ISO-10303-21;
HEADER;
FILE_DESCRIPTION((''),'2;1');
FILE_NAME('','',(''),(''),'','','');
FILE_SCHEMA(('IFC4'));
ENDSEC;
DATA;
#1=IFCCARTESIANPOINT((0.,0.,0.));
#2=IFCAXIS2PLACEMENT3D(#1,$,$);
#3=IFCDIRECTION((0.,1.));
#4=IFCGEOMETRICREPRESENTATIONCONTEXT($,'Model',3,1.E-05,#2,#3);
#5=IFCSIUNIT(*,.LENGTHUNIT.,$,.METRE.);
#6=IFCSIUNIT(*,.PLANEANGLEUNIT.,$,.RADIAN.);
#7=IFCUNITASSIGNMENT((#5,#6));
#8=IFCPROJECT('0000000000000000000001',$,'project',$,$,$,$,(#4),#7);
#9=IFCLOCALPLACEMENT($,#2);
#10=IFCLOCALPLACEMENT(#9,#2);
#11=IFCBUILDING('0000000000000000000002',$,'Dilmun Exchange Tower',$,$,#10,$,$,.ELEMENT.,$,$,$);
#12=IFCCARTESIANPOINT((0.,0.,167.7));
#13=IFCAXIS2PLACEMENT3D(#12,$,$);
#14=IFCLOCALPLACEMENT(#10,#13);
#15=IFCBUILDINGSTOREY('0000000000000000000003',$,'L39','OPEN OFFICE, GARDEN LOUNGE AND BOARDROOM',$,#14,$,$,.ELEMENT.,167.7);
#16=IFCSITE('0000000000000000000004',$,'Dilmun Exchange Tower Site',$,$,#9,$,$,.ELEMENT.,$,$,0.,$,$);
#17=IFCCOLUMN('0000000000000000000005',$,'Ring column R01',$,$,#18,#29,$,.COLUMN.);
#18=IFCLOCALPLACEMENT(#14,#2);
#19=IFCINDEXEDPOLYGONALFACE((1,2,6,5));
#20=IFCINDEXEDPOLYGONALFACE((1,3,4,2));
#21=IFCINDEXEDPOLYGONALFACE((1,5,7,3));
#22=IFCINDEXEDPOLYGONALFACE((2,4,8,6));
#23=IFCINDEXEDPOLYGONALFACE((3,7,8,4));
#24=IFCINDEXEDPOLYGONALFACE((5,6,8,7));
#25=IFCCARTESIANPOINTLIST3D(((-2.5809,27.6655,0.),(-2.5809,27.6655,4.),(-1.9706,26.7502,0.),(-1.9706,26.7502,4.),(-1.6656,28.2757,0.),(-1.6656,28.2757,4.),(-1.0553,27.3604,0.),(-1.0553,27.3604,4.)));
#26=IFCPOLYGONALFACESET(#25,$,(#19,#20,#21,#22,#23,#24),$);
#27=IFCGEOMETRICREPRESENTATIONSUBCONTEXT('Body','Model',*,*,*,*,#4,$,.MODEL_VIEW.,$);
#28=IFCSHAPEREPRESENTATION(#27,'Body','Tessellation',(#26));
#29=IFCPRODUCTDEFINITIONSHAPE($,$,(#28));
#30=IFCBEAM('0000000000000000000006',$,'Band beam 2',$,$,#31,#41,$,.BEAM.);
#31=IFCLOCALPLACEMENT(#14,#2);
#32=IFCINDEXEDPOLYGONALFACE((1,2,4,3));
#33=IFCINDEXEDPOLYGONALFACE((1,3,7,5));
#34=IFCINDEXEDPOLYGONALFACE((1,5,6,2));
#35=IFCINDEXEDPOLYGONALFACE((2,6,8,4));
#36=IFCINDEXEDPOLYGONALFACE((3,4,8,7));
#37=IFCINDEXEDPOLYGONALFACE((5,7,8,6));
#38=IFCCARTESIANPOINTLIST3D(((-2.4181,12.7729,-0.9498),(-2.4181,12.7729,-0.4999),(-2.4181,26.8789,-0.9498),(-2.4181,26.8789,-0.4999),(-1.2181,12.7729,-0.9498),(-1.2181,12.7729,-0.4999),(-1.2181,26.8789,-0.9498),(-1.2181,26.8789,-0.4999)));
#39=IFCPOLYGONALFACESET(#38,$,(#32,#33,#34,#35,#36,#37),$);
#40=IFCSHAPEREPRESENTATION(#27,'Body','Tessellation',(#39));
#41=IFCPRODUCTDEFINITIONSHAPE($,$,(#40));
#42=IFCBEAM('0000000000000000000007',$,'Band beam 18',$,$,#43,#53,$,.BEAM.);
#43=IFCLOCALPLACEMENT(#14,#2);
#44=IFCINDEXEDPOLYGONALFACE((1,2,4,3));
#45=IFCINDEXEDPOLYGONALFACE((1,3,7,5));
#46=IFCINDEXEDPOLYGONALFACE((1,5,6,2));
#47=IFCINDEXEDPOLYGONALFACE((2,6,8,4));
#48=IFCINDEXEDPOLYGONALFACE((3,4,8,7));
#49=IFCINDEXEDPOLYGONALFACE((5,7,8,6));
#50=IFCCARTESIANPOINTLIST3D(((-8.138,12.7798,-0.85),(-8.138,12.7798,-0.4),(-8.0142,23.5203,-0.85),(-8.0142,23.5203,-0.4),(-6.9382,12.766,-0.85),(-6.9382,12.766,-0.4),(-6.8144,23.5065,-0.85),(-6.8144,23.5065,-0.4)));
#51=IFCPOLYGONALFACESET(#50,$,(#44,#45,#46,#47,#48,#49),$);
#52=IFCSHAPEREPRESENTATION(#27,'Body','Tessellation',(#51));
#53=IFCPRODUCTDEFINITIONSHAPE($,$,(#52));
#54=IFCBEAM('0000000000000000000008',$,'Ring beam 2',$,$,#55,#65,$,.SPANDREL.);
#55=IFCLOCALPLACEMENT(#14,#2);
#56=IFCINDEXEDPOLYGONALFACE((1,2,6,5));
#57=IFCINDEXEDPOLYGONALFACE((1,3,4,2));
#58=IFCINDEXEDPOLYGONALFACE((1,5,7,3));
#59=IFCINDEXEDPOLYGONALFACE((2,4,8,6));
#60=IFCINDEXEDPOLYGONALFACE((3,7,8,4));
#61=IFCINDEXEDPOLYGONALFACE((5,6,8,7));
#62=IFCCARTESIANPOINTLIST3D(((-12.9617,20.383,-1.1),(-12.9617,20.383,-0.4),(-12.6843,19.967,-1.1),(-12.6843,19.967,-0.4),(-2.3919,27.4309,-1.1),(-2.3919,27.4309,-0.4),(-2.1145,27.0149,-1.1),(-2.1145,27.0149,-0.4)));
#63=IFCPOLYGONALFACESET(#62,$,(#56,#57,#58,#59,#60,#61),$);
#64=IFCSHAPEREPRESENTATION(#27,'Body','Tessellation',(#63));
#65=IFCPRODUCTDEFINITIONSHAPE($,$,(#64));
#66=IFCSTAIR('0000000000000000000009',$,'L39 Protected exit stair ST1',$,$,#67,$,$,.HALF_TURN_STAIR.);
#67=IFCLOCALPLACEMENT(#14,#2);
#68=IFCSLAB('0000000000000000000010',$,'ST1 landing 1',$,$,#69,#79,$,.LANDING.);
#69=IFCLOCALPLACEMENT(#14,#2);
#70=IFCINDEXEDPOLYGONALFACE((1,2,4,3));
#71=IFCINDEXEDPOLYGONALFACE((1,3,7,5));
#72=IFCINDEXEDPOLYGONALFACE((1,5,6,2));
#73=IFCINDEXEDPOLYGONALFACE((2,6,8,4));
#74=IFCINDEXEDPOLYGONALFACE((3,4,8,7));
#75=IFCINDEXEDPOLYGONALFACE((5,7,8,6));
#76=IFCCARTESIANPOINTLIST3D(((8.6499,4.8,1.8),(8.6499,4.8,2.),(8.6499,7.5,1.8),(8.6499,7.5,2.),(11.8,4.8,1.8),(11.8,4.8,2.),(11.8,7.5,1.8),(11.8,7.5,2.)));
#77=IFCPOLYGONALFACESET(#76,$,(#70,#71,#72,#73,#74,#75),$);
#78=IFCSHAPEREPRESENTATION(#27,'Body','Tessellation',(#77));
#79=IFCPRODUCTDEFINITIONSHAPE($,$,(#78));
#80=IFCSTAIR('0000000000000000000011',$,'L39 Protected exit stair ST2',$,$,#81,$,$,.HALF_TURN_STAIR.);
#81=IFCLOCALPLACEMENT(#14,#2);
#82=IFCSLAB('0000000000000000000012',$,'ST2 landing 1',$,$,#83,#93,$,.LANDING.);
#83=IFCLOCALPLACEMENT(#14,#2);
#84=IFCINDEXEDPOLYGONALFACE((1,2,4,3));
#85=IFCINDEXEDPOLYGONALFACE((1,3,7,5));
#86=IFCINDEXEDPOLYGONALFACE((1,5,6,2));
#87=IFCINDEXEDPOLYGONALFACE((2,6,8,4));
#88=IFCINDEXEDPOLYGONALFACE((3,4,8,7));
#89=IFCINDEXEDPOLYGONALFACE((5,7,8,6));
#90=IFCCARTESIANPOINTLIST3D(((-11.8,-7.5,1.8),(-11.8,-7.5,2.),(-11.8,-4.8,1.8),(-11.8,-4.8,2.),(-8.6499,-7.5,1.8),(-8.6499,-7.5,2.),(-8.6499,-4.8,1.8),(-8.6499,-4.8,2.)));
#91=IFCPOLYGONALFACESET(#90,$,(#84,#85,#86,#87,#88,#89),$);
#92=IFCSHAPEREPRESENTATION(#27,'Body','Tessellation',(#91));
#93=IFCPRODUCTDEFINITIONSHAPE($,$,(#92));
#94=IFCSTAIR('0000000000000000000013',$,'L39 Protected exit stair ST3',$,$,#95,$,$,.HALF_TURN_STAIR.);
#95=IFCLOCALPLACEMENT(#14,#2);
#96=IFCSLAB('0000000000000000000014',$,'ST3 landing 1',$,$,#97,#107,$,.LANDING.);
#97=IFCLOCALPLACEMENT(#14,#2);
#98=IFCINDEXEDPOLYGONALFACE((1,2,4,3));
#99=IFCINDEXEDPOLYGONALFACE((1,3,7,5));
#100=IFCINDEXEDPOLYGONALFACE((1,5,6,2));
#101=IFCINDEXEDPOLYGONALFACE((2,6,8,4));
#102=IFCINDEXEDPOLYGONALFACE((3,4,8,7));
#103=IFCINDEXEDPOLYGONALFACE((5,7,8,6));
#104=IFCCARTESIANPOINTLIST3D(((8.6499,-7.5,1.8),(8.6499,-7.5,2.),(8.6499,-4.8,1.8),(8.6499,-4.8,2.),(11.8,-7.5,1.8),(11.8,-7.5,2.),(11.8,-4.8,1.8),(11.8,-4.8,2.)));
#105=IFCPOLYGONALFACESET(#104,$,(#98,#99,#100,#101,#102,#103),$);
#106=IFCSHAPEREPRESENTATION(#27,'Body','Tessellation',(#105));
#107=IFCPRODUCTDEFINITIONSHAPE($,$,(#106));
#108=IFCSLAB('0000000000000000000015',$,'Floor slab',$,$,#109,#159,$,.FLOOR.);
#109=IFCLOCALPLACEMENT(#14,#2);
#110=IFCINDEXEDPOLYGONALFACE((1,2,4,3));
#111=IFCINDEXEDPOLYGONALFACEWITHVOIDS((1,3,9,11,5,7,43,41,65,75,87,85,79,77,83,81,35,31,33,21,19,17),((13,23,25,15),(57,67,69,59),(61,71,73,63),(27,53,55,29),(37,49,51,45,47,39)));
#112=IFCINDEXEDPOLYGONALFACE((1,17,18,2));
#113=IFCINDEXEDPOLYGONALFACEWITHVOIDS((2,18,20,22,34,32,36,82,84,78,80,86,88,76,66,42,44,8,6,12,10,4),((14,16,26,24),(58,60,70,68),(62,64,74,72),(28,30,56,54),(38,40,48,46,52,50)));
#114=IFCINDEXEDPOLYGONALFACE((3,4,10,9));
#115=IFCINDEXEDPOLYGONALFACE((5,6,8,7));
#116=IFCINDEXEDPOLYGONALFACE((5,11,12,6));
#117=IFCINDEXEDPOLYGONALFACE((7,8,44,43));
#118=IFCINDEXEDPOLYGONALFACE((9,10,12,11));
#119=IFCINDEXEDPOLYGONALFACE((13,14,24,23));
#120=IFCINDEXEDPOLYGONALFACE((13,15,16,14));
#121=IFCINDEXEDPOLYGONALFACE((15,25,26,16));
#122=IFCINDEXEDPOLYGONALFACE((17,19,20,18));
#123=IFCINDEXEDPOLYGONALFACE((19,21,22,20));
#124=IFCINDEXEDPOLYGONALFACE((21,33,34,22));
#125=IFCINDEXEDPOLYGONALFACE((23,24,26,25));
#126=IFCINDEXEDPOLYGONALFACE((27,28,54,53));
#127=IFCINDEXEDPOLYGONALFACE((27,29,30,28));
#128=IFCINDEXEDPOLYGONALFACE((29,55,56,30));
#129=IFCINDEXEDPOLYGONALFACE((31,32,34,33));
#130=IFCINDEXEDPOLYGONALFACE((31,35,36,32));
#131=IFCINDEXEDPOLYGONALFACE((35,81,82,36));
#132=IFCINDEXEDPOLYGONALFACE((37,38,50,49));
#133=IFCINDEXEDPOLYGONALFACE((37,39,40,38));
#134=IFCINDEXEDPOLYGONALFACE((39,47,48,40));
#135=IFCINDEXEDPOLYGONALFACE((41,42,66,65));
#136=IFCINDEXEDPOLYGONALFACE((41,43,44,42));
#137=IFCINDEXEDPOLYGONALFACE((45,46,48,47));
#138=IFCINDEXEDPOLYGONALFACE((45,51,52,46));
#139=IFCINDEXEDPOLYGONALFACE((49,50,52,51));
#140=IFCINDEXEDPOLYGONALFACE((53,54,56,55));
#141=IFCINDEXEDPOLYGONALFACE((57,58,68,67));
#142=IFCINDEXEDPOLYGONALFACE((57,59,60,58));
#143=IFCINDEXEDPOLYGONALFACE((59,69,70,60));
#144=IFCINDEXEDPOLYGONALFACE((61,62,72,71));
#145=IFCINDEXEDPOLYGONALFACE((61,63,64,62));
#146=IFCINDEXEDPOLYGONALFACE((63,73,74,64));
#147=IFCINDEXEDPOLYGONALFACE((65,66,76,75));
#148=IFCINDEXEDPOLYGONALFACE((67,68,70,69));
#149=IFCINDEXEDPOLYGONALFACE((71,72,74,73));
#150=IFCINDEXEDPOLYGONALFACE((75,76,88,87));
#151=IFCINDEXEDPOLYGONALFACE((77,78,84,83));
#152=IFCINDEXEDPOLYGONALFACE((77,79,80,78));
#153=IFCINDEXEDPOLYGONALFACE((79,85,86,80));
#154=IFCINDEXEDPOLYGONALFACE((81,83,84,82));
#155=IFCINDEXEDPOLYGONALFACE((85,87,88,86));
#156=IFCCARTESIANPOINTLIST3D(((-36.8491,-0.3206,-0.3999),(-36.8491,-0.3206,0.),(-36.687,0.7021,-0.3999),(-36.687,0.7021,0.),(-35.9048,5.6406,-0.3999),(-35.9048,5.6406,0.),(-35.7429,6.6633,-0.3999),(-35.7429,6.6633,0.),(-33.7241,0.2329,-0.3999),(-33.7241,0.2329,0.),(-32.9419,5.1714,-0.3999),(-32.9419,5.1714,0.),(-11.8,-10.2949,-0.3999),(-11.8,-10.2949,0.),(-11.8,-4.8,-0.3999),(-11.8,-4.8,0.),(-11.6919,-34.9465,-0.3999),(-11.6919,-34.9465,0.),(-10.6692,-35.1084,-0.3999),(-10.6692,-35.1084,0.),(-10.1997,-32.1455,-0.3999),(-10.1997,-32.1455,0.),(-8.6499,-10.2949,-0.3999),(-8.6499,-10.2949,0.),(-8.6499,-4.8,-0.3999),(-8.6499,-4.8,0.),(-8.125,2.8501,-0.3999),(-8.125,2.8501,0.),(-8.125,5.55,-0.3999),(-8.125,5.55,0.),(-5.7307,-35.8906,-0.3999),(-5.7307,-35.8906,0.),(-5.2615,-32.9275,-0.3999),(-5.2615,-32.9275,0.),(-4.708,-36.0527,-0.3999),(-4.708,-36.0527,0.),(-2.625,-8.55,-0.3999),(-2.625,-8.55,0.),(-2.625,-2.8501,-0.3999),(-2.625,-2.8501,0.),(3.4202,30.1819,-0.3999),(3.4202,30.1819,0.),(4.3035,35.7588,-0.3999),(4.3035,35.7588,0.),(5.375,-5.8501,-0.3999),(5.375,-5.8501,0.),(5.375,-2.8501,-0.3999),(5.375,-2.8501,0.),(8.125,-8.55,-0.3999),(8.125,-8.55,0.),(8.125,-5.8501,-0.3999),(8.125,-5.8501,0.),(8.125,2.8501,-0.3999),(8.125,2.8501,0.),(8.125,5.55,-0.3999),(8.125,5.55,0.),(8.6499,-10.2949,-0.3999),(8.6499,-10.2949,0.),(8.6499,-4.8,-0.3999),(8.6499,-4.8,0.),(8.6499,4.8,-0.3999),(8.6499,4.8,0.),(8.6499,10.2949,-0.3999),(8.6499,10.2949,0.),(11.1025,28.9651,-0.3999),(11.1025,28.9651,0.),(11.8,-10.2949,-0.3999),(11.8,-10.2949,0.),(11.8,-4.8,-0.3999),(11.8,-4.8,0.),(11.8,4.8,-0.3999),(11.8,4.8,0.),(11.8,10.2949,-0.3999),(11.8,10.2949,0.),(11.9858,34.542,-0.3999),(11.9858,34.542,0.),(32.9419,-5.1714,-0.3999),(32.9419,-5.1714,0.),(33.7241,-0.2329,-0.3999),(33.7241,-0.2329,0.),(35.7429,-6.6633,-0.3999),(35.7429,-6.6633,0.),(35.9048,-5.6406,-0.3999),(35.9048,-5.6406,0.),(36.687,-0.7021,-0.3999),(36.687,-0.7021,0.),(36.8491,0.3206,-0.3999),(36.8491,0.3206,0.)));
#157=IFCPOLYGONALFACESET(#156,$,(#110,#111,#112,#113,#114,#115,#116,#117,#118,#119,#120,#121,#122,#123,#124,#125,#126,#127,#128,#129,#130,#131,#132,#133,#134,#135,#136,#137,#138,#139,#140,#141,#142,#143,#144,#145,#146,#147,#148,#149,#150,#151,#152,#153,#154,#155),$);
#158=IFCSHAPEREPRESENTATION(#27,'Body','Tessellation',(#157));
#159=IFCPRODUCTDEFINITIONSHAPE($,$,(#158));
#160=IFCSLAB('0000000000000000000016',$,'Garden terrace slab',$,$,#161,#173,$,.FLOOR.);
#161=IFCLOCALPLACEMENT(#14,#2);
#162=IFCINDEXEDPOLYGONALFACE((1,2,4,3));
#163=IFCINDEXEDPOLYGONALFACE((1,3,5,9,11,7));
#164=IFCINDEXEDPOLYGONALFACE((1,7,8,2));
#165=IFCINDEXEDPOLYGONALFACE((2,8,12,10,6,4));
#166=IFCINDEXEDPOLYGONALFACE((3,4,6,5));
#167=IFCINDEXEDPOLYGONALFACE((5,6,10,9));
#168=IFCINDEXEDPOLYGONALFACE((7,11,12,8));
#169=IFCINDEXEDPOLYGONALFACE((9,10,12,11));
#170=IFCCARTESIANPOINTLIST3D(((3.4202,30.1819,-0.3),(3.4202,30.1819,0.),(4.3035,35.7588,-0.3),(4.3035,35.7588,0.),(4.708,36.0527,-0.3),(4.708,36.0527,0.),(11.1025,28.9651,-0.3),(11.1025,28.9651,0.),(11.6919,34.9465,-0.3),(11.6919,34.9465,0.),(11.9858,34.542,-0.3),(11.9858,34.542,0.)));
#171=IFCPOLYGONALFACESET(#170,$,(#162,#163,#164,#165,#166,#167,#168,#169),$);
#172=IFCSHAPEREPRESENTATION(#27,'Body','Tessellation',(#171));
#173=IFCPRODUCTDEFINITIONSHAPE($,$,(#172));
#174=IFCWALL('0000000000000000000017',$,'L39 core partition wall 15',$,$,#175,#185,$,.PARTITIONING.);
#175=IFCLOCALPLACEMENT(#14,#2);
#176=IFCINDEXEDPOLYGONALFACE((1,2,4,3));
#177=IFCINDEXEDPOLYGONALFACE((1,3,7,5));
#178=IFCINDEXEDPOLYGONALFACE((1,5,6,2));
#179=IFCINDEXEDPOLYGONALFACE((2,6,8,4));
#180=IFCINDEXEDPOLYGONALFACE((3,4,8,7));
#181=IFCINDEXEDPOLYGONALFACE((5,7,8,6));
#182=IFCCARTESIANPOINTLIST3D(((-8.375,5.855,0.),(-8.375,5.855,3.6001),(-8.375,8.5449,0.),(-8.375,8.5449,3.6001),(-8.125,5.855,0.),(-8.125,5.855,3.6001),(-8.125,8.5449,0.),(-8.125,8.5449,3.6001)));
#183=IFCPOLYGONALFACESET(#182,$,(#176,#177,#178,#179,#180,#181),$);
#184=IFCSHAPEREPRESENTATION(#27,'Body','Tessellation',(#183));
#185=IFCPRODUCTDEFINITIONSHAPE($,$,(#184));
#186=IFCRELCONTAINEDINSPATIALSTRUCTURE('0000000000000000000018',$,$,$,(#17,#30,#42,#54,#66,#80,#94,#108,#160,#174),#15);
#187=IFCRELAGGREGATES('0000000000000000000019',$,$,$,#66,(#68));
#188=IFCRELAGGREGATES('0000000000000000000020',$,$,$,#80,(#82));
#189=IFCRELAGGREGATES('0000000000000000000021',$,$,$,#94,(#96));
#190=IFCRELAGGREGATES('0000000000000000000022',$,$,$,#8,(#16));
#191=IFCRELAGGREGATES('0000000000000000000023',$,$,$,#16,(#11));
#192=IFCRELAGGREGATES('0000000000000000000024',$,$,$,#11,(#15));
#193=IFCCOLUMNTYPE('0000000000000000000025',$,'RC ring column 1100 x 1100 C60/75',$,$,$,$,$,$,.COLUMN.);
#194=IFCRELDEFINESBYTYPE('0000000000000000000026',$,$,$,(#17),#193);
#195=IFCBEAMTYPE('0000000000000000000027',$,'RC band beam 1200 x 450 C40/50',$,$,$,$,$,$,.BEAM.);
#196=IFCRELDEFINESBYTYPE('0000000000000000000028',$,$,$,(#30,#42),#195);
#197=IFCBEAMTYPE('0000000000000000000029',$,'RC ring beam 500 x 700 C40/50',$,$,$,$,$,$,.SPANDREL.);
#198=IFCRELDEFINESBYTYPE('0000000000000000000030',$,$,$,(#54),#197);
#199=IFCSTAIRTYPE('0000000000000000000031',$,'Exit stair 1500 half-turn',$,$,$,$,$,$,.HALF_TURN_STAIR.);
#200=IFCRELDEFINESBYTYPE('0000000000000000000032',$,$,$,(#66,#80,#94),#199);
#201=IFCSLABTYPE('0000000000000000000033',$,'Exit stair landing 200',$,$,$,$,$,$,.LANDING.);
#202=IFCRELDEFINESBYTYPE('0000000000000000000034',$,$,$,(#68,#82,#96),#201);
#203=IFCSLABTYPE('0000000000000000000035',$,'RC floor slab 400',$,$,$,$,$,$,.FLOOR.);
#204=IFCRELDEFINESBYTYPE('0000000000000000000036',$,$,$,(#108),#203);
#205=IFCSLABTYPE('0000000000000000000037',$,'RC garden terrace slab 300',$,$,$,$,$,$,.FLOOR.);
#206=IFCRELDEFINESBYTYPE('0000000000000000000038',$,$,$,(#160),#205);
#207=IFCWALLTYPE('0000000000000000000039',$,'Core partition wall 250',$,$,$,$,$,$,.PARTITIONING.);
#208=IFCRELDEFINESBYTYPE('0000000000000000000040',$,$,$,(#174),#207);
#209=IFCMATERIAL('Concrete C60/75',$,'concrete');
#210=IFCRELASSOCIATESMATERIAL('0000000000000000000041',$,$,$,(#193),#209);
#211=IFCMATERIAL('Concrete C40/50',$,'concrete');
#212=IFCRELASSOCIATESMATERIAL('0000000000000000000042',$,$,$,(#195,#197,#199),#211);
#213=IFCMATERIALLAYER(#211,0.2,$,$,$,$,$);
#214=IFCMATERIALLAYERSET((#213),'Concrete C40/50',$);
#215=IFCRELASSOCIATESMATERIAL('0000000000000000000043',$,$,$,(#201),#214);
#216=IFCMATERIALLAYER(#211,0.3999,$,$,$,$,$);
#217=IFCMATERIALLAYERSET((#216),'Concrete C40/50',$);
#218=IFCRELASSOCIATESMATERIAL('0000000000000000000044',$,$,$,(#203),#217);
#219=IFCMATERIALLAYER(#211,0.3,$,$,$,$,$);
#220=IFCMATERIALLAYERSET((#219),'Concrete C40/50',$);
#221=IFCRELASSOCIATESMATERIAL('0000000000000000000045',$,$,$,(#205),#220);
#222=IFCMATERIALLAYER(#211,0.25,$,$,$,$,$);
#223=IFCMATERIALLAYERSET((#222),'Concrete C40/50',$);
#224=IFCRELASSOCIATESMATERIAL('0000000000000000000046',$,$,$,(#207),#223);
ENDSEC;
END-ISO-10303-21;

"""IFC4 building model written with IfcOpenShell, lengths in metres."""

from ifc_helpers import new_model, si_unit, direction, frame, frame_2d, origin, origin_2d, place, context, subcontext, project, spatial, polyline, rectangle, outline, extrude, material, layer, layer_set, material_profile, profile_set, type_object, element, aggregate, save


model = new_model("IFC4")

# Units and contexts
model_context = context("Model", 3, precision=1e-05, world=origin(), true_north=direction((0.0, 1.0)))
body_context = subcontext(model_context, "Body", "Model", "MODEL_VIEW")
ifc_project = project(units=[si_unit("LENGTHUNIT", "METRE"), si_unit("PLANEANGLEUNIT", "RADIAN")], contexts=[model_context])

# Site, building, storey
site_placement = place(None, origin())
site = spatial("IfcSite", under=ifc_project, at=site_placement, Name="Dilmun Exchange Tower Site", CompositionType="ELEMENT", RefElevation=0.0)
building_placement = place(site_placement, origin())
building = spatial("IfcBuilding", under=site, at=building_placement, Name="Dilmun Exchange Tower", CompositionType="ELEMENT")
storey_placement = place(building_placement, frame((0.0, 0.0, 167.7)))
storey = spatial("IfcBuildingStorey", under=building, at=storey_placement, Name="L39", Description="OPEN OFFICE, GARDEN LOUNGE AND BOARDROOM", CompositionType="ELEMENT", Elevation=167.7)

# Column
ifc_material_1 = material(Name="Concrete C60/75", Category="concrete")
ifc_material_profile_1 = material_profile(ifc_material_1, rectangle(XDim=1.1001, YDim=1.1001, at=origin_2d()), Name="1100 x 1100")
ifc_profile_set_1 = profile_set([ifc_material_profile_1], Name="Concrete C60/75")
column_type = type_object("IfcColumnType", Name="RC ring column 1100 x 1100 C60/75", PredefinedType="COLUMN", material=ifc_profile_set_1)
column_placement = place(storey_placement, frame((-1.8181, 27.5129, 0.0), z_axis=(0.0, 0.0, 1.0), x_axis=(0.832029, 0.554733, 0.0)))
element("IfcColumn", 1, at=column_placement, inside=storey, type_object=column_type, Name="Ring column R01", PredefinedType="COLUMN", context=body_context, shape_type="SweptSolid", body=[
    extrude(rectangle(XDim=1.1001, YDim=1.1001, at=origin_2d()), origin(), (0.0, 0.0, 1.0), 4.0),
])

# Beams
ifc_material_2 = material(Name="Concrete C40/50", Category="concrete")
ifc_material_profile_2 = material_profile(ifc_material_2, rectangle(XDim=1.2, YDim=0.45, at=origin_2d()), Name="1200 x 450")
ifc_profile_set_2 = profile_set([ifc_material_profile_2], Name="Concrete C40/50")
beam_type_1 = type_object("IfcBeamType", Name="RC band beam 1200 x 450 C40/50", PredefinedType="BEAM", material=ifc_profile_set_2)
beam_1_placement = place(storey_placement, frame((-1.8181, 26.8789, -0.7249), z_axis=(0.0, -1.0, 0.0), x_axis=(1.0, 0.0, 0.0)))
element("IfcBeam", 2, at=beam_1_placement, inside=storey, type_object=beam_type_1, Name="Band beam 2", PredefinedType="BEAM", context=body_context, shape_type="SweptSolid", body=[
    extrude(rectangle(XDim=1.2, YDim=0.45, at=origin_2d()), origin(), (0.0, 0.0, 1.0), 14.106),
])
beam_2_placement = place(storey_placement, frame((-7.4143, 23.5134, -0.625), z_axis=(-0.011524, -0.999934, 0.0), x_axis=(0.999934, -0.011524, 0.0)))
element("IfcBeam", 3, at=beam_2_placement, inside=storey, type_object=beam_type_1, Name="Band beam 18", PredefinedType="BEAM", context=body_context, shape_type="SweptSolid", body=[
    extrude(rectangle(XDim=1.2, YDim=0.45, at=origin_2d()), origin(), (0.0, 0.0, 1.0), 10.7412),
])
ifc_material_profile_3 = material_profile(ifc_material_2, rectangle(XDim=0.5, YDim=0.7, at=origin_2d()), Name="500 x 700")
ifc_profile_set_3 = profile_set([ifc_material_profile_3], Name="Concrete C40/50")
beam_type_2 = type_object("IfcBeamType", Name="RC ring beam 500 x 700 C40/50", PredefinedType="SPANDREL", material=ifc_profile_set_3)
beam_3_placement = place(storey_placement, frame((-2.2532, 27.2229, -0.75), z_axis=(-0.832003, -0.554771, 0.0), x_axis=(0.554771, -0.832003, 0.0)))
element("IfcBeam", 4, at=beam_3_placement, inside=storey, type_object=beam_type_2, Name="Ring beam 2", PredefinedType="SPANDREL", context=body_context, shape_type="SweptSolid", body=[
    extrude(rectangle(XDim=0.5, YDim=0.7, at=origin_2d()), origin(), (0.0, 0.0, 1.0), 12.7041),
])

# Stairs, slabs
stair_type = type_object("IfcStairType", Name="Exit stair 1500 half-turn", PredefinedType="HALF_TURN_STAIR", material=ifc_material_2)
stair_1_placement = place(storey_placement, origin())
stair_1 = element("IfcStair", 5, at=stair_1_placement, inside=storey, type_object=stair_type, Name="L39 Protected exit stair ST1", PredefinedType="HALF_TURN_STAIR")
ifc_layer_1 = layer(ifc_material_2, 0.2)
ifc_layer_set_1 = layer_set([ifc_layer_1], Name="Concrete C40/50")
slab_type_1 = type_object("IfcSlabType", Name="Exit stair landing 200", PredefinedType="LANDING", material=ifc_layer_set_1)
slab_1_placement = place(storey_placement, frame((0.0, 0.0, 1.8)))
slab_1 = element("IfcSlab", 6, at=slab_1_placement, type_object=slab_type_1, Name="ST1 landing 1", PredefinedType="LANDING", context=body_context, shape_type="SweptSolid", body=[
    extrude(outline(polyline([(8.6499, 7.5), (8.6499, 4.8), (11.8, 4.8), (11.8, 7.5), (8.6499, 7.5)])), origin(), (0.0, 0.0, 1.0), 0.2),
])
aggregate(stair_1, [slab_1])
stair_2_placement = place(storey_placement, origin())
stair_2 = element("IfcStair", 7, at=stair_2_placement, inside=storey, type_object=stair_type, Name="L39 Protected exit stair ST2", PredefinedType="HALF_TURN_STAIR")
slab_2_placement = place(storey_placement, frame((0.0, 0.0, 1.8)))
slab_2 = element("IfcSlab", 8, at=slab_2_placement, type_object=slab_type_1, Name="ST2 landing 1", PredefinedType="LANDING", context=body_context, shape_type="SweptSolid", body=[
    extrude(outline(polyline([(-8.6499, -7.5), (-8.6499, -4.8), (-11.8, -4.8), (-11.8, -7.5), (-8.6499, -7.5)])), origin(), (0.0, 0.0, 1.0), 0.2),
])
aggregate(stair_2, [slab_2])
stair_3_placement = place(storey_placement, origin())
stair_3 = element("IfcStair", 9, at=stair_3_placement, inside=storey, type_object=stair_type, Name="L39 Protected exit stair ST3", PredefinedType="HALF_TURN_STAIR")
slab_3_placement = place(storey_placement, frame((0.0, 0.0, 1.8)))
slab_3 = element("IfcSlab", 10, at=slab_3_placement, type_object=slab_type_1, Name="ST3 landing 1", PredefinedType="LANDING", context=body_context, shape_type="SweptSolid", body=[
    extrude(outline(polyline([(11.8, -7.5), (11.8, -4.8), (8.6499, -4.8), (8.6499, -7.5), (11.8, -7.5)])), origin(), (0.0, 0.0, 1.0), 0.2),
])
aggregate(stair_3, [slab_3])

# Slabs
ifc_layer_2 = layer(ifc_material_2, 0.3999)
ifc_layer_set_2 = layer_set([ifc_layer_2], Name="Concrete C40/50")
slab_type_2 = type_object("IfcSlabType", Name="RC floor slab 400", PredefinedType="FLOOR", material=ifc_layer_set_2)
slab_4_placement = place(storey_placement, frame((0.0, 0.0, -0.3999)))
element("IfcSlab", 11, at=slab_4_placement, inside=storey, type_object=slab_type_2, Name="Floor slab", PredefinedType="FLOOR", context=body_context, shape_type="SweptSolid", body=[
    extrude(outline(polyline([(36.687, -0.7021), (33.7241, -0.2329), (32.9419, -5.1714), (35.9048, -5.6406), (35.7429, -6.6633), (-4.708, -36.0527), (-5.7307, -35.8906), (-5.2615, -32.9275), (-10.1997, -32.1455), (-10.6692, -35.1084), (-11.6919, -34.9465), (-36.8491, -0.3206), (-36.687, 0.7021), (-33.7241, 0.2329), (-32.9419, 5.1714), (-35.9048, 5.6406), (-35.7429, 6.6633), (4.3035, 35.7588), (3.4202, 30.1819), (11.1025, 28.9651), (11.9858, 34.542), (36.8491, 0.3206), (36.687, -0.7021)]), holes=[polyline([(-8.6499, -4.8), (-11.8, -4.8), (-11.8, -10.2949), (-8.6499, -10.2949), (-8.6499, -4.8)]), polyline([(11.8, -4.8), (8.6499, -4.8), (8.6499, -10.2949), (11.8, -10.2949), (11.8, -4.8)]), polyline([(5.375, -2.8501), (-2.625, -2.8501), (-2.625, -8.55), (8.125, -8.55), (8.125, -5.8501), (5.375, -5.8501), (5.375, -2.8501)]), polyline([(8.125, 2.8501), (8.125, 5.55), (-8.125, 5.55), (-8.125, 2.8501), (8.125, 2.8501)]), polyline([(8.6499, 10.2949), (8.6499, 4.8), (11.8, 4.8), (11.8, 10.2949), (8.6499, 10.2949)])]), origin(), (0.0, 0.0, 1.0), 0.3999),
])
ifc_layer_3 = layer(ifc_material_2, 0.3)
ifc_layer_set_3 = layer_set([ifc_layer_3], Name="Concrete C40/50")
slab_type_3 = type_object("IfcSlabType", Name="RC garden terrace slab 300", PredefinedType="FLOOR", material=ifc_layer_set_3)
slab_5_placement = place(storey_placement, frame((0.0, 0.0, -0.3)))
element("IfcSlab", 12, at=slab_5_placement, inside=storey, type_object=slab_type_3, Name="Garden terrace slab", PredefinedType="FLOOR", context=body_context, shape_type="SweptSolid", body=[
    extrude(outline(polyline([(3.4202, 30.1819), (4.3035, 35.7588), (4.708, 36.0527), (11.6919, 34.9465), (11.9858, 34.542), (11.1025, 28.9651), (3.4202, 30.1819)])), origin(), (0.0, 0.0, 1.0), 0.3),
])

# Wall
ifc_layer_4 = layer(ifc_material_2, 0.25)
ifc_layer_set_4 = layer_set([ifc_layer_4], Name="Concrete C40/50")
wall_type_1 = type_object("IfcWallType", Name="Core partition wall 250", PredefinedType="PARTITIONING", material=ifc_layer_set_4)
wall_1_placement = place(storey_placement, frame((-8.25, 5.855, 0.0), z_axis=(0.0, 0.0, 1.0), x_axis=(0.0, 1.0, 0.0)))
element("IfcWall", 13, at=wall_1_placement, inside=storey, type_object=wall_type_1, Name="L39 core partition wall 15", PredefinedType="PARTITIONING", context=body_context, shape_type="SweptSolid", body=[
    extrude(rectangle(XDim=2.6899, YDim=0.25, at=frame_2d((1.345, 0.0))), origin(), (0.0, 0.0, 1.0), 3.6001),
])

save(model, "model.ifc")
